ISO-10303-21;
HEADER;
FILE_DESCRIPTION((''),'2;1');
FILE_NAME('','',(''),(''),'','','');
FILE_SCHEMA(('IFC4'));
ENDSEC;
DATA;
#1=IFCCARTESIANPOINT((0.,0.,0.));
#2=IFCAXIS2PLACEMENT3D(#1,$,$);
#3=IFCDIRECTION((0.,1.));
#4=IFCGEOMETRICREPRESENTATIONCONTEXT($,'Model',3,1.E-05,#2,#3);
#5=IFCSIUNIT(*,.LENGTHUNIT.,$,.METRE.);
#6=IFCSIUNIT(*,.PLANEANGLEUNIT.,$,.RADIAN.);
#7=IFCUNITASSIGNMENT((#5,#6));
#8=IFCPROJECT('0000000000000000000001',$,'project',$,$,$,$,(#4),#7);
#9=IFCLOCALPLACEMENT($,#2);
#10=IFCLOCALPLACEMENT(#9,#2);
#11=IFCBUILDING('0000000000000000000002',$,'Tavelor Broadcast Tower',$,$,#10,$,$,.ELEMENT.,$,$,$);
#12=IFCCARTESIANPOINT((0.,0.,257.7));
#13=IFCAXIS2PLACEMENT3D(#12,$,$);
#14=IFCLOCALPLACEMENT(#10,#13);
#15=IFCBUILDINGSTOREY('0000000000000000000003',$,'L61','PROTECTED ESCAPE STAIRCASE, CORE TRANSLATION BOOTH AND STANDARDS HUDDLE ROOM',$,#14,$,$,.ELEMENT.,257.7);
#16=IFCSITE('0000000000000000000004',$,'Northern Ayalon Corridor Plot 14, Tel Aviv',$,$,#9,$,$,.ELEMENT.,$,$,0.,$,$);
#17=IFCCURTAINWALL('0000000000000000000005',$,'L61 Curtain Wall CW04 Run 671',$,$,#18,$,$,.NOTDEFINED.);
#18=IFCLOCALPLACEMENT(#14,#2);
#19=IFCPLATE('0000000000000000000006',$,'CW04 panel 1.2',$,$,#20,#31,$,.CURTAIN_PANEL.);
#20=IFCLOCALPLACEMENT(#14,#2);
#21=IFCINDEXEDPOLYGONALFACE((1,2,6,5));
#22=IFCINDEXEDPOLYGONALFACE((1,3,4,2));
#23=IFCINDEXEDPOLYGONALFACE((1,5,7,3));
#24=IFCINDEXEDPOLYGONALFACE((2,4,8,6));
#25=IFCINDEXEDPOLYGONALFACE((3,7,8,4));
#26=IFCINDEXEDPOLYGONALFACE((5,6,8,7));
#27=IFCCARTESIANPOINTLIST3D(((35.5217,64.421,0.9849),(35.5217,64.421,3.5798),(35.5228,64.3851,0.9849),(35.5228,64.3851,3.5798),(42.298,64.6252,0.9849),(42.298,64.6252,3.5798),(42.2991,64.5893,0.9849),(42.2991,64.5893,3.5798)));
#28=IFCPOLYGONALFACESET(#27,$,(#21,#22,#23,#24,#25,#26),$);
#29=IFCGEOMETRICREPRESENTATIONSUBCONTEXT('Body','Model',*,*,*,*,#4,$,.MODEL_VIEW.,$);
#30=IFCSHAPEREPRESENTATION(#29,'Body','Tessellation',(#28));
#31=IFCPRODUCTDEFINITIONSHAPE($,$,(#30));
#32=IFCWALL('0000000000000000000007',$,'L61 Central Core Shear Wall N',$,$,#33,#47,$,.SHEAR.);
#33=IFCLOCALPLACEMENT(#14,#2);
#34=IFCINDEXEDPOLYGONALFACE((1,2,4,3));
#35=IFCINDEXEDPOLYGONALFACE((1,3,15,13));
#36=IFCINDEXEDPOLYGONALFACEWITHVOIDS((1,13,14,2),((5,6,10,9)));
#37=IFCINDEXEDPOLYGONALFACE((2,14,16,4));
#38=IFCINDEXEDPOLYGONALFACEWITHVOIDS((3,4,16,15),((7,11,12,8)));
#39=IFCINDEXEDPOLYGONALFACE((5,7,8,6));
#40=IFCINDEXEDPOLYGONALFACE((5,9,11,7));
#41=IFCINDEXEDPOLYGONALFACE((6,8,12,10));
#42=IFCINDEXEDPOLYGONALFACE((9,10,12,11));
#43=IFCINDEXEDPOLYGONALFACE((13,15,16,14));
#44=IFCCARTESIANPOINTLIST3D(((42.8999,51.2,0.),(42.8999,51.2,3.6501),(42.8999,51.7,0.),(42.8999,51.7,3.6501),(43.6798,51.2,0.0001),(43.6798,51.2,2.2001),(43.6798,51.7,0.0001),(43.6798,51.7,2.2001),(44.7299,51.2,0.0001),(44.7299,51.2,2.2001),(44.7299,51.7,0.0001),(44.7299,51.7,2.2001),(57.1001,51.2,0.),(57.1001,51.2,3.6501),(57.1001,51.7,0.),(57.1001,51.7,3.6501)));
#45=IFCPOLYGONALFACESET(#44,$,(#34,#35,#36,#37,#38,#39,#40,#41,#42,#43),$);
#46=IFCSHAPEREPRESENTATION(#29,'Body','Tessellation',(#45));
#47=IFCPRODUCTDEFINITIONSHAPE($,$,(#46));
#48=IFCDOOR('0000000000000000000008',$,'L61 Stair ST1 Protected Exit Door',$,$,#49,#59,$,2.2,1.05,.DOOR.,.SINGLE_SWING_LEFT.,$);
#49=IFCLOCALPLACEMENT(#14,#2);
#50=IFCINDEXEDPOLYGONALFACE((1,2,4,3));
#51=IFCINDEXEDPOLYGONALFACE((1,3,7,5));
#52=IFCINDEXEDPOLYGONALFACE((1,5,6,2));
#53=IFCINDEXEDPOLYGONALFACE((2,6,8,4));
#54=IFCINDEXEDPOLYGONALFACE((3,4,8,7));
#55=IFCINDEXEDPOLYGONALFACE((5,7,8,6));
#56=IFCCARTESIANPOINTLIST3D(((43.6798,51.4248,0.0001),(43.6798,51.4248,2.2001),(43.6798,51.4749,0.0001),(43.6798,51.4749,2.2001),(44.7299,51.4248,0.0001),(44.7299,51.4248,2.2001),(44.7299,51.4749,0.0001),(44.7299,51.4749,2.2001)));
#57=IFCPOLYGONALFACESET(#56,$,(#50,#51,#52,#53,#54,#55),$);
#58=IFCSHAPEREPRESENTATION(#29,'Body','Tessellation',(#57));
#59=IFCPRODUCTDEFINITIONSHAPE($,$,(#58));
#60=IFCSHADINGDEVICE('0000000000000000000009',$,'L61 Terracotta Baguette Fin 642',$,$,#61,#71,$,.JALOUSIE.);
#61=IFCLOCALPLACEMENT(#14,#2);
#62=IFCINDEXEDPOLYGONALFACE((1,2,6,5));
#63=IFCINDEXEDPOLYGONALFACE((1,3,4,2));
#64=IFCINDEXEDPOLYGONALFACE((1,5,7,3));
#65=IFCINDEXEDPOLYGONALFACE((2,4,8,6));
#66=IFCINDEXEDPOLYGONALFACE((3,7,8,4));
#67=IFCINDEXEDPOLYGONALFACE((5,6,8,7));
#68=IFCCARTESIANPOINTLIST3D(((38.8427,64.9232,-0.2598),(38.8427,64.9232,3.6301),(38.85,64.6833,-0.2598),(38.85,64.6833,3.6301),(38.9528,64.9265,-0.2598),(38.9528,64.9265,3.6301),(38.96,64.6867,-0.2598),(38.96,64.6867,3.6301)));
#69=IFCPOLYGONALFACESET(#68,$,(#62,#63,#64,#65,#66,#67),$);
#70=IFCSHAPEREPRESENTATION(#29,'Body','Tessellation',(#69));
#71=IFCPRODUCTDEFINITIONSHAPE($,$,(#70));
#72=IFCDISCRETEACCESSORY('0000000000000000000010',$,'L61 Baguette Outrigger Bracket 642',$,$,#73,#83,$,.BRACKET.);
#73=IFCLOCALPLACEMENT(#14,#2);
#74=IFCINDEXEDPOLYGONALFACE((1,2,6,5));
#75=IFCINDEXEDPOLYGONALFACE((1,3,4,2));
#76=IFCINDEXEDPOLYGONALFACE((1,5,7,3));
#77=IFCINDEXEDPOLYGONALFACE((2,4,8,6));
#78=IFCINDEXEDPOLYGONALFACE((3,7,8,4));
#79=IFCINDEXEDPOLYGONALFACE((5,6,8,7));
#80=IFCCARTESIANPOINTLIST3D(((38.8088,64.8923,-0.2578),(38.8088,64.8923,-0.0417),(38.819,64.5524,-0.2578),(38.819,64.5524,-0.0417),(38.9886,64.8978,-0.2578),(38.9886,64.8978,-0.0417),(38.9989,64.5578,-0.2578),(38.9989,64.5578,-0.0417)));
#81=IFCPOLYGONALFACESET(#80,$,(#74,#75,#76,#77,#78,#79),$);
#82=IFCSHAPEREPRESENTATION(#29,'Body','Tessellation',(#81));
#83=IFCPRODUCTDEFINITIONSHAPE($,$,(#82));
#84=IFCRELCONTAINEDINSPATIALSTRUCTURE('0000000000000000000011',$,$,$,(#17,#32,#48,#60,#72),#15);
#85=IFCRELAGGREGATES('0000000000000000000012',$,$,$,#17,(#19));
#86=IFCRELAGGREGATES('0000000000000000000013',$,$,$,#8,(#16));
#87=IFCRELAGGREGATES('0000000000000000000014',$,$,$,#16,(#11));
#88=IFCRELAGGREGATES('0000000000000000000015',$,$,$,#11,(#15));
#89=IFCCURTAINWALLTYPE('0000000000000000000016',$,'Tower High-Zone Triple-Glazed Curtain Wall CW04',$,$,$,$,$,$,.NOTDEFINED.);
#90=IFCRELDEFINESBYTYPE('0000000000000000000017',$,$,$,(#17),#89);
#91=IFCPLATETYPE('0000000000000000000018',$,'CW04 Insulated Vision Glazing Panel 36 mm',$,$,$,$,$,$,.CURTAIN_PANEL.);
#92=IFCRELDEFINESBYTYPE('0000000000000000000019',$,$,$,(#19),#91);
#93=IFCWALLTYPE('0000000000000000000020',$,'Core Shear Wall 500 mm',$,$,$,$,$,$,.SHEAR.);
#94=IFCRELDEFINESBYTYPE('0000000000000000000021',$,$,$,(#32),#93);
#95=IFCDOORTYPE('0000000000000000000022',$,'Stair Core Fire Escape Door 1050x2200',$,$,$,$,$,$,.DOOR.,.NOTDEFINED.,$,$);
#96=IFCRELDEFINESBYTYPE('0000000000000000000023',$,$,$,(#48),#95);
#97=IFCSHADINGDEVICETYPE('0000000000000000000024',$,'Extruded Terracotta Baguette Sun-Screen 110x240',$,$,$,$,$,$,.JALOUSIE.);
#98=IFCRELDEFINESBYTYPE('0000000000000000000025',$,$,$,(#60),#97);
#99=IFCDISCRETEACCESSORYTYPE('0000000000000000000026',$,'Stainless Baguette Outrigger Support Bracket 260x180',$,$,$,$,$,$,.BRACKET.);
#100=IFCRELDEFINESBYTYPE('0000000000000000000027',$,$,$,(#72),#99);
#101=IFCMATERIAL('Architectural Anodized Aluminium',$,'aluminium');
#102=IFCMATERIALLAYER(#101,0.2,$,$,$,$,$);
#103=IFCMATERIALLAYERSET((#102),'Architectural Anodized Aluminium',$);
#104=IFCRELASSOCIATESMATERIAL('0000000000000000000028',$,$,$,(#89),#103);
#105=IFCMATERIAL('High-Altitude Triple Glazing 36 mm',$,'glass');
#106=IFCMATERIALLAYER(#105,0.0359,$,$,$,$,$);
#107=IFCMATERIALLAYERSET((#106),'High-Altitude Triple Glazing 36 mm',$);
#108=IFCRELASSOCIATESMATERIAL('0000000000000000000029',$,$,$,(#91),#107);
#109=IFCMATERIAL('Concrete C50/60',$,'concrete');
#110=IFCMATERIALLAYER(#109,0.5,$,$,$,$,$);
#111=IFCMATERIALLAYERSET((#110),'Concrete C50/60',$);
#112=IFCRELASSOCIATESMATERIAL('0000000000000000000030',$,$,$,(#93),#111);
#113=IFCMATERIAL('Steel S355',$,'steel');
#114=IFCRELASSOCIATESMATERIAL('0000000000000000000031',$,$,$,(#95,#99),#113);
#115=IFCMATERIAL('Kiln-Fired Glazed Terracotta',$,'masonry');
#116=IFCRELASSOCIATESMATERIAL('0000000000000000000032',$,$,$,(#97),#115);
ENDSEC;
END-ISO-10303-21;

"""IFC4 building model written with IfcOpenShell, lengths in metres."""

from ifc_helpers import new_model, si_unit, direction, frame, frame_2d, origin, origin_2d, place, context, subcontext, project, spatial, rectangle, extrude, source, transform, mapped, material, layer, layer_set, type_object, type_shapes, element, fill, aggregate, save


model = new_model("IFC4")

# Units and contexts
model_context = context("Model", 3, precision=1e-05, world=origin(), true_north=direction((0.0, 1.0)))
body_context = subcontext(model_context, "Body", "Model", "MODEL_VIEW")
ifc_project = project(units=[si_unit("LENGTHUNIT", "METRE"), si_unit("PLANEANGLEUNIT", "RADIAN")], contexts=[model_context])

# Site, building, storey
site_placement = place(None, origin())
site = spatial("IfcSite", under=ifc_project, at=site_placement, Name="Northern Ayalon Corridor Plot 14, Tel Aviv", CompositionType="ELEMENT", RefElevation=0.0)
building_placement = place(site_placement, origin())
building = spatial("IfcBuilding", under=site, at=building_placement, Name="Tavelor Broadcast Tower", CompositionType="ELEMENT")
storey_placement = place(building_placement, frame((0.0, 0.0, 257.7)))
storey = spatial("IfcBuildingStorey", under=building, at=storey_placement, Name="L61", Description="PROTECTED ESCAPE STAIRCASE, CORE TRANSLATION BOOTH AND STANDARDS HUDDLE ROOM", CompositionType="ELEMENT", Elevation=257.7)

# Shared definitions
ifc_material_1 = material(Name="Steel S355", Category="steel")

# Shared definitions
ifc_material_2 = material(Name="Architectural Anodized Aluminium", Category="aluminium")
ifc_layer_1 = layer(ifc_material_2, 0.2)
ifc_layer_set_1 = layer_set([ifc_layer_1], Name="Architectural Anodized Aluminium")
curtain_wall_type = type_object("IfcCurtainWallType", Name="Tower High-Zone Triple-Glazed Curtain Wall CW04", PredefinedType="NOTDEFINED", material=ifc_layer_set_1)

# Curtain wall
curtain_wall_1_placement = place(storey_placement, origin())
curtain_wall_1 = element("IfcCurtainWall", 1, at=curtain_wall_1_placement, inside=storey, type_object=curtain_wall_type, Name="L61 Curtain Wall CW04 Run 671", PredefinedType="NOTDEFINED")

# Plate
ifc_material_3 = material(Name="High-Altitude Triple Glazing 36 mm", Category="glass")
ifc_layer_2 = layer(ifc_material_3, 0.0359)
ifc_layer_set_2 = layer_set([ifc_layer_2], Name="High-Altitude Triple Glazing 36 mm")
plate_type_1 = type_object("IfcPlateType", Name="CW04 Insulated Vision Glazing Panel 36 mm", PredefinedType="CURTAIN_PANEL", material=ifc_layer_set_2)
shared_shape_1 = source(origin(), body_context, "Body", "SweptSolid", [
    extrude(rectangle(XDim=6.7793, YDim=0.0359, at=origin_2d()), origin(), (0.0, 0.0, 1.0), 2.595),
])
plate_1_placement = place(storey_placement, frame((38.9104, 64.5051, 0.9849), z_axis=(0.0, 0.0, 1.0), x_axis=(-0.999546, -0.030118, 0.0)))
plate_1 = element("IfcPlate", 2, at=plate_1_placement, type_object=plate_type_1, Name="CW04 panel 1.2", PredefinedType="CURTAIN_PANEL", context=body_context, shape_type="MappedRepresentation", body=[
    mapped(shared_shape_1, transform((0.0, 0.0, 0.0), scale=1.0)),
])
aggregate(curtain_wall_1, [plate_1])

# Wall, opening, door
ifc_material_4 = material(Name="Concrete C50/60", Category="concrete")
ifc_layer_3 = layer(ifc_material_4, 0.5)
ifc_layer_set_3 = layer_set([ifc_layer_3], Name="Concrete C50/60")
wall_type = type_object("IfcWallType", Name="Core Shear Wall 500 mm", PredefinedType="SHEAR", material=ifc_layer_set_3)
wall_placement = place(storey_placement, frame((42.8999, 51.45, 0.0), z_axis=(0.0, 0.0, 1.0), x_axis=(1.0, 0.0, 0.0)))
wall = element("IfcWall", 3, at=wall_placement, inside=storey, type_object=wall_type, Name="L61 Central Core Shear Wall N", PredefinedType="SHEAR", context=body_context, shape_type="SweptSolid", body=[
    extrude(rectangle(XDim=14.2002, YDim=0.5, at=frame_2d((7.1001, 0.0))), origin(), (0.0, 0.0, 1.0), 3.6501),
])
opening_placement = place(wall_placement, frame((0.78, 0.0, 0.0)))
opening = element("IfcOpeningElement", 4, at=opening_placement, cuts=wall, PredefinedType="OPENING", context=body_context, shape_type="SweptSolid", body=[
    extrude(rectangle(XDim=1.05, YDim=2.2, at=frame_2d((0.5249, 1.1001))), frame((0.0, 0.26, 0.0), z_axis=(0.0, -1.0, 0.0), x_axis=(1.0, 0.0, 0.0)), (0.0, 0.0, 1.0), 0.52),
])
door_type = type_object("IfcDoorType", Name="Stair Core Fire Escape Door 1050x2200", OperationType="NOTDEFINED", PredefinedType="DOOR", material=ifc_material_1)
door_placement = place(opening_placement, origin())
door = element("IfcDoor", 5, at=door_placement, inside=storey, type_object=door_type, Name="L61 Stair ST1 Protected Exit Door", OperationType="SINGLE_SWING_LEFT", OverallHeight=2.2, OverallWidth=1.05, PredefinedType="DOOR", context=body_context, shape_type="SweptSolid", body=[
    extrude(rectangle(XDim=1.05, YDim=2.2, at=frame_2d((0.5249, 1.1001))), frame((0.0, 0.0249, 0.0), z_axis=(0.0, -1.0, 0.0), x_axis=(1.0, 0.0, 0.0)), (0.0, 0.0, 1.0), 0.05),
])
fill(opening, door)

# Shading device
ifc_material_5 = material(Name="Kiln-Fired Glazed Terracotta", Category="masonry")
shading_device_type = type_object("IfcShadingDeviceType", Name="Extruded Terracotta Baguette Sun-Screen 110x240", PredefinedType="JALOUSIE", material=ifc_material_5)
shared_shape_2 = source(origin(), body_context, "Body", "SweptSolid", [
    extrude(rectangle(XDim=0.1101, YDim=0.24, at=origin_2d()), origin(), (0.0, 0.0, 1.0), 3.8899),
])
type_shapes(shading_device_type, [shared_shape_2])
shading_device_placement = place(storey_placement, frame((38.9014, 64.8049, -0.2598), z_axis=(0.0, 0.0, 1.0), x_axis=(-0.999544, -0.03019, 0.0)))
element("IfcShadingDevice", 6, at=shading_device_placement, inside=storey, type_object=shading_device_type, Name="L61 Terracotta Baguette Fin 642", PredefinedType="JALOUSIE", context=body_context, shape_type="MappedRepresentation", body=[
    mapped(shared_shape_2, transform((0.0, 0.0, 0.0), scale=1.0)),
])

# Discrete accessory
discrete_accessory_type = type_object("IfcDiscreteAccessoryType", Name="Stainless Baguette Outrigger Support Bracket 260x180", PredefinedType="BRACKET", material=ifc_material_1)
shared_shape_3 = source(origin(), body_context, "Body", "SweptSolid", [
    extrude(rectangle(XDim=0.1799, YDim=0.3401, at=origin_2d()), origin(), (0.0, 0.0, 1.0), 0.2161),
])
type_shapes(discrete_accessory_type, [shared_shape_3])
discrete_accessory_placement = place(storey_placement, frame((38.9038, 64.7251, -0.2578), z_axis=(0.0, 0.0, 1.0), x_axis=(-0.999544, -0.03019, 0.0)))
element("IfcDiscreteAccessory", 7, at=discrete_accessory_placement, inside=storey, type_object=discrete_accessory_type, Name="L61 Baguette Outrigger Bracket 642", PredefinedType="BRACKET", context=body_context, shape_type="MappedRepresentation", body=[
    mapped(shared_shape_3, transform((0.0, 0.0, 0.0), scale=1.0)),
])

save(model, "model.ifc")
